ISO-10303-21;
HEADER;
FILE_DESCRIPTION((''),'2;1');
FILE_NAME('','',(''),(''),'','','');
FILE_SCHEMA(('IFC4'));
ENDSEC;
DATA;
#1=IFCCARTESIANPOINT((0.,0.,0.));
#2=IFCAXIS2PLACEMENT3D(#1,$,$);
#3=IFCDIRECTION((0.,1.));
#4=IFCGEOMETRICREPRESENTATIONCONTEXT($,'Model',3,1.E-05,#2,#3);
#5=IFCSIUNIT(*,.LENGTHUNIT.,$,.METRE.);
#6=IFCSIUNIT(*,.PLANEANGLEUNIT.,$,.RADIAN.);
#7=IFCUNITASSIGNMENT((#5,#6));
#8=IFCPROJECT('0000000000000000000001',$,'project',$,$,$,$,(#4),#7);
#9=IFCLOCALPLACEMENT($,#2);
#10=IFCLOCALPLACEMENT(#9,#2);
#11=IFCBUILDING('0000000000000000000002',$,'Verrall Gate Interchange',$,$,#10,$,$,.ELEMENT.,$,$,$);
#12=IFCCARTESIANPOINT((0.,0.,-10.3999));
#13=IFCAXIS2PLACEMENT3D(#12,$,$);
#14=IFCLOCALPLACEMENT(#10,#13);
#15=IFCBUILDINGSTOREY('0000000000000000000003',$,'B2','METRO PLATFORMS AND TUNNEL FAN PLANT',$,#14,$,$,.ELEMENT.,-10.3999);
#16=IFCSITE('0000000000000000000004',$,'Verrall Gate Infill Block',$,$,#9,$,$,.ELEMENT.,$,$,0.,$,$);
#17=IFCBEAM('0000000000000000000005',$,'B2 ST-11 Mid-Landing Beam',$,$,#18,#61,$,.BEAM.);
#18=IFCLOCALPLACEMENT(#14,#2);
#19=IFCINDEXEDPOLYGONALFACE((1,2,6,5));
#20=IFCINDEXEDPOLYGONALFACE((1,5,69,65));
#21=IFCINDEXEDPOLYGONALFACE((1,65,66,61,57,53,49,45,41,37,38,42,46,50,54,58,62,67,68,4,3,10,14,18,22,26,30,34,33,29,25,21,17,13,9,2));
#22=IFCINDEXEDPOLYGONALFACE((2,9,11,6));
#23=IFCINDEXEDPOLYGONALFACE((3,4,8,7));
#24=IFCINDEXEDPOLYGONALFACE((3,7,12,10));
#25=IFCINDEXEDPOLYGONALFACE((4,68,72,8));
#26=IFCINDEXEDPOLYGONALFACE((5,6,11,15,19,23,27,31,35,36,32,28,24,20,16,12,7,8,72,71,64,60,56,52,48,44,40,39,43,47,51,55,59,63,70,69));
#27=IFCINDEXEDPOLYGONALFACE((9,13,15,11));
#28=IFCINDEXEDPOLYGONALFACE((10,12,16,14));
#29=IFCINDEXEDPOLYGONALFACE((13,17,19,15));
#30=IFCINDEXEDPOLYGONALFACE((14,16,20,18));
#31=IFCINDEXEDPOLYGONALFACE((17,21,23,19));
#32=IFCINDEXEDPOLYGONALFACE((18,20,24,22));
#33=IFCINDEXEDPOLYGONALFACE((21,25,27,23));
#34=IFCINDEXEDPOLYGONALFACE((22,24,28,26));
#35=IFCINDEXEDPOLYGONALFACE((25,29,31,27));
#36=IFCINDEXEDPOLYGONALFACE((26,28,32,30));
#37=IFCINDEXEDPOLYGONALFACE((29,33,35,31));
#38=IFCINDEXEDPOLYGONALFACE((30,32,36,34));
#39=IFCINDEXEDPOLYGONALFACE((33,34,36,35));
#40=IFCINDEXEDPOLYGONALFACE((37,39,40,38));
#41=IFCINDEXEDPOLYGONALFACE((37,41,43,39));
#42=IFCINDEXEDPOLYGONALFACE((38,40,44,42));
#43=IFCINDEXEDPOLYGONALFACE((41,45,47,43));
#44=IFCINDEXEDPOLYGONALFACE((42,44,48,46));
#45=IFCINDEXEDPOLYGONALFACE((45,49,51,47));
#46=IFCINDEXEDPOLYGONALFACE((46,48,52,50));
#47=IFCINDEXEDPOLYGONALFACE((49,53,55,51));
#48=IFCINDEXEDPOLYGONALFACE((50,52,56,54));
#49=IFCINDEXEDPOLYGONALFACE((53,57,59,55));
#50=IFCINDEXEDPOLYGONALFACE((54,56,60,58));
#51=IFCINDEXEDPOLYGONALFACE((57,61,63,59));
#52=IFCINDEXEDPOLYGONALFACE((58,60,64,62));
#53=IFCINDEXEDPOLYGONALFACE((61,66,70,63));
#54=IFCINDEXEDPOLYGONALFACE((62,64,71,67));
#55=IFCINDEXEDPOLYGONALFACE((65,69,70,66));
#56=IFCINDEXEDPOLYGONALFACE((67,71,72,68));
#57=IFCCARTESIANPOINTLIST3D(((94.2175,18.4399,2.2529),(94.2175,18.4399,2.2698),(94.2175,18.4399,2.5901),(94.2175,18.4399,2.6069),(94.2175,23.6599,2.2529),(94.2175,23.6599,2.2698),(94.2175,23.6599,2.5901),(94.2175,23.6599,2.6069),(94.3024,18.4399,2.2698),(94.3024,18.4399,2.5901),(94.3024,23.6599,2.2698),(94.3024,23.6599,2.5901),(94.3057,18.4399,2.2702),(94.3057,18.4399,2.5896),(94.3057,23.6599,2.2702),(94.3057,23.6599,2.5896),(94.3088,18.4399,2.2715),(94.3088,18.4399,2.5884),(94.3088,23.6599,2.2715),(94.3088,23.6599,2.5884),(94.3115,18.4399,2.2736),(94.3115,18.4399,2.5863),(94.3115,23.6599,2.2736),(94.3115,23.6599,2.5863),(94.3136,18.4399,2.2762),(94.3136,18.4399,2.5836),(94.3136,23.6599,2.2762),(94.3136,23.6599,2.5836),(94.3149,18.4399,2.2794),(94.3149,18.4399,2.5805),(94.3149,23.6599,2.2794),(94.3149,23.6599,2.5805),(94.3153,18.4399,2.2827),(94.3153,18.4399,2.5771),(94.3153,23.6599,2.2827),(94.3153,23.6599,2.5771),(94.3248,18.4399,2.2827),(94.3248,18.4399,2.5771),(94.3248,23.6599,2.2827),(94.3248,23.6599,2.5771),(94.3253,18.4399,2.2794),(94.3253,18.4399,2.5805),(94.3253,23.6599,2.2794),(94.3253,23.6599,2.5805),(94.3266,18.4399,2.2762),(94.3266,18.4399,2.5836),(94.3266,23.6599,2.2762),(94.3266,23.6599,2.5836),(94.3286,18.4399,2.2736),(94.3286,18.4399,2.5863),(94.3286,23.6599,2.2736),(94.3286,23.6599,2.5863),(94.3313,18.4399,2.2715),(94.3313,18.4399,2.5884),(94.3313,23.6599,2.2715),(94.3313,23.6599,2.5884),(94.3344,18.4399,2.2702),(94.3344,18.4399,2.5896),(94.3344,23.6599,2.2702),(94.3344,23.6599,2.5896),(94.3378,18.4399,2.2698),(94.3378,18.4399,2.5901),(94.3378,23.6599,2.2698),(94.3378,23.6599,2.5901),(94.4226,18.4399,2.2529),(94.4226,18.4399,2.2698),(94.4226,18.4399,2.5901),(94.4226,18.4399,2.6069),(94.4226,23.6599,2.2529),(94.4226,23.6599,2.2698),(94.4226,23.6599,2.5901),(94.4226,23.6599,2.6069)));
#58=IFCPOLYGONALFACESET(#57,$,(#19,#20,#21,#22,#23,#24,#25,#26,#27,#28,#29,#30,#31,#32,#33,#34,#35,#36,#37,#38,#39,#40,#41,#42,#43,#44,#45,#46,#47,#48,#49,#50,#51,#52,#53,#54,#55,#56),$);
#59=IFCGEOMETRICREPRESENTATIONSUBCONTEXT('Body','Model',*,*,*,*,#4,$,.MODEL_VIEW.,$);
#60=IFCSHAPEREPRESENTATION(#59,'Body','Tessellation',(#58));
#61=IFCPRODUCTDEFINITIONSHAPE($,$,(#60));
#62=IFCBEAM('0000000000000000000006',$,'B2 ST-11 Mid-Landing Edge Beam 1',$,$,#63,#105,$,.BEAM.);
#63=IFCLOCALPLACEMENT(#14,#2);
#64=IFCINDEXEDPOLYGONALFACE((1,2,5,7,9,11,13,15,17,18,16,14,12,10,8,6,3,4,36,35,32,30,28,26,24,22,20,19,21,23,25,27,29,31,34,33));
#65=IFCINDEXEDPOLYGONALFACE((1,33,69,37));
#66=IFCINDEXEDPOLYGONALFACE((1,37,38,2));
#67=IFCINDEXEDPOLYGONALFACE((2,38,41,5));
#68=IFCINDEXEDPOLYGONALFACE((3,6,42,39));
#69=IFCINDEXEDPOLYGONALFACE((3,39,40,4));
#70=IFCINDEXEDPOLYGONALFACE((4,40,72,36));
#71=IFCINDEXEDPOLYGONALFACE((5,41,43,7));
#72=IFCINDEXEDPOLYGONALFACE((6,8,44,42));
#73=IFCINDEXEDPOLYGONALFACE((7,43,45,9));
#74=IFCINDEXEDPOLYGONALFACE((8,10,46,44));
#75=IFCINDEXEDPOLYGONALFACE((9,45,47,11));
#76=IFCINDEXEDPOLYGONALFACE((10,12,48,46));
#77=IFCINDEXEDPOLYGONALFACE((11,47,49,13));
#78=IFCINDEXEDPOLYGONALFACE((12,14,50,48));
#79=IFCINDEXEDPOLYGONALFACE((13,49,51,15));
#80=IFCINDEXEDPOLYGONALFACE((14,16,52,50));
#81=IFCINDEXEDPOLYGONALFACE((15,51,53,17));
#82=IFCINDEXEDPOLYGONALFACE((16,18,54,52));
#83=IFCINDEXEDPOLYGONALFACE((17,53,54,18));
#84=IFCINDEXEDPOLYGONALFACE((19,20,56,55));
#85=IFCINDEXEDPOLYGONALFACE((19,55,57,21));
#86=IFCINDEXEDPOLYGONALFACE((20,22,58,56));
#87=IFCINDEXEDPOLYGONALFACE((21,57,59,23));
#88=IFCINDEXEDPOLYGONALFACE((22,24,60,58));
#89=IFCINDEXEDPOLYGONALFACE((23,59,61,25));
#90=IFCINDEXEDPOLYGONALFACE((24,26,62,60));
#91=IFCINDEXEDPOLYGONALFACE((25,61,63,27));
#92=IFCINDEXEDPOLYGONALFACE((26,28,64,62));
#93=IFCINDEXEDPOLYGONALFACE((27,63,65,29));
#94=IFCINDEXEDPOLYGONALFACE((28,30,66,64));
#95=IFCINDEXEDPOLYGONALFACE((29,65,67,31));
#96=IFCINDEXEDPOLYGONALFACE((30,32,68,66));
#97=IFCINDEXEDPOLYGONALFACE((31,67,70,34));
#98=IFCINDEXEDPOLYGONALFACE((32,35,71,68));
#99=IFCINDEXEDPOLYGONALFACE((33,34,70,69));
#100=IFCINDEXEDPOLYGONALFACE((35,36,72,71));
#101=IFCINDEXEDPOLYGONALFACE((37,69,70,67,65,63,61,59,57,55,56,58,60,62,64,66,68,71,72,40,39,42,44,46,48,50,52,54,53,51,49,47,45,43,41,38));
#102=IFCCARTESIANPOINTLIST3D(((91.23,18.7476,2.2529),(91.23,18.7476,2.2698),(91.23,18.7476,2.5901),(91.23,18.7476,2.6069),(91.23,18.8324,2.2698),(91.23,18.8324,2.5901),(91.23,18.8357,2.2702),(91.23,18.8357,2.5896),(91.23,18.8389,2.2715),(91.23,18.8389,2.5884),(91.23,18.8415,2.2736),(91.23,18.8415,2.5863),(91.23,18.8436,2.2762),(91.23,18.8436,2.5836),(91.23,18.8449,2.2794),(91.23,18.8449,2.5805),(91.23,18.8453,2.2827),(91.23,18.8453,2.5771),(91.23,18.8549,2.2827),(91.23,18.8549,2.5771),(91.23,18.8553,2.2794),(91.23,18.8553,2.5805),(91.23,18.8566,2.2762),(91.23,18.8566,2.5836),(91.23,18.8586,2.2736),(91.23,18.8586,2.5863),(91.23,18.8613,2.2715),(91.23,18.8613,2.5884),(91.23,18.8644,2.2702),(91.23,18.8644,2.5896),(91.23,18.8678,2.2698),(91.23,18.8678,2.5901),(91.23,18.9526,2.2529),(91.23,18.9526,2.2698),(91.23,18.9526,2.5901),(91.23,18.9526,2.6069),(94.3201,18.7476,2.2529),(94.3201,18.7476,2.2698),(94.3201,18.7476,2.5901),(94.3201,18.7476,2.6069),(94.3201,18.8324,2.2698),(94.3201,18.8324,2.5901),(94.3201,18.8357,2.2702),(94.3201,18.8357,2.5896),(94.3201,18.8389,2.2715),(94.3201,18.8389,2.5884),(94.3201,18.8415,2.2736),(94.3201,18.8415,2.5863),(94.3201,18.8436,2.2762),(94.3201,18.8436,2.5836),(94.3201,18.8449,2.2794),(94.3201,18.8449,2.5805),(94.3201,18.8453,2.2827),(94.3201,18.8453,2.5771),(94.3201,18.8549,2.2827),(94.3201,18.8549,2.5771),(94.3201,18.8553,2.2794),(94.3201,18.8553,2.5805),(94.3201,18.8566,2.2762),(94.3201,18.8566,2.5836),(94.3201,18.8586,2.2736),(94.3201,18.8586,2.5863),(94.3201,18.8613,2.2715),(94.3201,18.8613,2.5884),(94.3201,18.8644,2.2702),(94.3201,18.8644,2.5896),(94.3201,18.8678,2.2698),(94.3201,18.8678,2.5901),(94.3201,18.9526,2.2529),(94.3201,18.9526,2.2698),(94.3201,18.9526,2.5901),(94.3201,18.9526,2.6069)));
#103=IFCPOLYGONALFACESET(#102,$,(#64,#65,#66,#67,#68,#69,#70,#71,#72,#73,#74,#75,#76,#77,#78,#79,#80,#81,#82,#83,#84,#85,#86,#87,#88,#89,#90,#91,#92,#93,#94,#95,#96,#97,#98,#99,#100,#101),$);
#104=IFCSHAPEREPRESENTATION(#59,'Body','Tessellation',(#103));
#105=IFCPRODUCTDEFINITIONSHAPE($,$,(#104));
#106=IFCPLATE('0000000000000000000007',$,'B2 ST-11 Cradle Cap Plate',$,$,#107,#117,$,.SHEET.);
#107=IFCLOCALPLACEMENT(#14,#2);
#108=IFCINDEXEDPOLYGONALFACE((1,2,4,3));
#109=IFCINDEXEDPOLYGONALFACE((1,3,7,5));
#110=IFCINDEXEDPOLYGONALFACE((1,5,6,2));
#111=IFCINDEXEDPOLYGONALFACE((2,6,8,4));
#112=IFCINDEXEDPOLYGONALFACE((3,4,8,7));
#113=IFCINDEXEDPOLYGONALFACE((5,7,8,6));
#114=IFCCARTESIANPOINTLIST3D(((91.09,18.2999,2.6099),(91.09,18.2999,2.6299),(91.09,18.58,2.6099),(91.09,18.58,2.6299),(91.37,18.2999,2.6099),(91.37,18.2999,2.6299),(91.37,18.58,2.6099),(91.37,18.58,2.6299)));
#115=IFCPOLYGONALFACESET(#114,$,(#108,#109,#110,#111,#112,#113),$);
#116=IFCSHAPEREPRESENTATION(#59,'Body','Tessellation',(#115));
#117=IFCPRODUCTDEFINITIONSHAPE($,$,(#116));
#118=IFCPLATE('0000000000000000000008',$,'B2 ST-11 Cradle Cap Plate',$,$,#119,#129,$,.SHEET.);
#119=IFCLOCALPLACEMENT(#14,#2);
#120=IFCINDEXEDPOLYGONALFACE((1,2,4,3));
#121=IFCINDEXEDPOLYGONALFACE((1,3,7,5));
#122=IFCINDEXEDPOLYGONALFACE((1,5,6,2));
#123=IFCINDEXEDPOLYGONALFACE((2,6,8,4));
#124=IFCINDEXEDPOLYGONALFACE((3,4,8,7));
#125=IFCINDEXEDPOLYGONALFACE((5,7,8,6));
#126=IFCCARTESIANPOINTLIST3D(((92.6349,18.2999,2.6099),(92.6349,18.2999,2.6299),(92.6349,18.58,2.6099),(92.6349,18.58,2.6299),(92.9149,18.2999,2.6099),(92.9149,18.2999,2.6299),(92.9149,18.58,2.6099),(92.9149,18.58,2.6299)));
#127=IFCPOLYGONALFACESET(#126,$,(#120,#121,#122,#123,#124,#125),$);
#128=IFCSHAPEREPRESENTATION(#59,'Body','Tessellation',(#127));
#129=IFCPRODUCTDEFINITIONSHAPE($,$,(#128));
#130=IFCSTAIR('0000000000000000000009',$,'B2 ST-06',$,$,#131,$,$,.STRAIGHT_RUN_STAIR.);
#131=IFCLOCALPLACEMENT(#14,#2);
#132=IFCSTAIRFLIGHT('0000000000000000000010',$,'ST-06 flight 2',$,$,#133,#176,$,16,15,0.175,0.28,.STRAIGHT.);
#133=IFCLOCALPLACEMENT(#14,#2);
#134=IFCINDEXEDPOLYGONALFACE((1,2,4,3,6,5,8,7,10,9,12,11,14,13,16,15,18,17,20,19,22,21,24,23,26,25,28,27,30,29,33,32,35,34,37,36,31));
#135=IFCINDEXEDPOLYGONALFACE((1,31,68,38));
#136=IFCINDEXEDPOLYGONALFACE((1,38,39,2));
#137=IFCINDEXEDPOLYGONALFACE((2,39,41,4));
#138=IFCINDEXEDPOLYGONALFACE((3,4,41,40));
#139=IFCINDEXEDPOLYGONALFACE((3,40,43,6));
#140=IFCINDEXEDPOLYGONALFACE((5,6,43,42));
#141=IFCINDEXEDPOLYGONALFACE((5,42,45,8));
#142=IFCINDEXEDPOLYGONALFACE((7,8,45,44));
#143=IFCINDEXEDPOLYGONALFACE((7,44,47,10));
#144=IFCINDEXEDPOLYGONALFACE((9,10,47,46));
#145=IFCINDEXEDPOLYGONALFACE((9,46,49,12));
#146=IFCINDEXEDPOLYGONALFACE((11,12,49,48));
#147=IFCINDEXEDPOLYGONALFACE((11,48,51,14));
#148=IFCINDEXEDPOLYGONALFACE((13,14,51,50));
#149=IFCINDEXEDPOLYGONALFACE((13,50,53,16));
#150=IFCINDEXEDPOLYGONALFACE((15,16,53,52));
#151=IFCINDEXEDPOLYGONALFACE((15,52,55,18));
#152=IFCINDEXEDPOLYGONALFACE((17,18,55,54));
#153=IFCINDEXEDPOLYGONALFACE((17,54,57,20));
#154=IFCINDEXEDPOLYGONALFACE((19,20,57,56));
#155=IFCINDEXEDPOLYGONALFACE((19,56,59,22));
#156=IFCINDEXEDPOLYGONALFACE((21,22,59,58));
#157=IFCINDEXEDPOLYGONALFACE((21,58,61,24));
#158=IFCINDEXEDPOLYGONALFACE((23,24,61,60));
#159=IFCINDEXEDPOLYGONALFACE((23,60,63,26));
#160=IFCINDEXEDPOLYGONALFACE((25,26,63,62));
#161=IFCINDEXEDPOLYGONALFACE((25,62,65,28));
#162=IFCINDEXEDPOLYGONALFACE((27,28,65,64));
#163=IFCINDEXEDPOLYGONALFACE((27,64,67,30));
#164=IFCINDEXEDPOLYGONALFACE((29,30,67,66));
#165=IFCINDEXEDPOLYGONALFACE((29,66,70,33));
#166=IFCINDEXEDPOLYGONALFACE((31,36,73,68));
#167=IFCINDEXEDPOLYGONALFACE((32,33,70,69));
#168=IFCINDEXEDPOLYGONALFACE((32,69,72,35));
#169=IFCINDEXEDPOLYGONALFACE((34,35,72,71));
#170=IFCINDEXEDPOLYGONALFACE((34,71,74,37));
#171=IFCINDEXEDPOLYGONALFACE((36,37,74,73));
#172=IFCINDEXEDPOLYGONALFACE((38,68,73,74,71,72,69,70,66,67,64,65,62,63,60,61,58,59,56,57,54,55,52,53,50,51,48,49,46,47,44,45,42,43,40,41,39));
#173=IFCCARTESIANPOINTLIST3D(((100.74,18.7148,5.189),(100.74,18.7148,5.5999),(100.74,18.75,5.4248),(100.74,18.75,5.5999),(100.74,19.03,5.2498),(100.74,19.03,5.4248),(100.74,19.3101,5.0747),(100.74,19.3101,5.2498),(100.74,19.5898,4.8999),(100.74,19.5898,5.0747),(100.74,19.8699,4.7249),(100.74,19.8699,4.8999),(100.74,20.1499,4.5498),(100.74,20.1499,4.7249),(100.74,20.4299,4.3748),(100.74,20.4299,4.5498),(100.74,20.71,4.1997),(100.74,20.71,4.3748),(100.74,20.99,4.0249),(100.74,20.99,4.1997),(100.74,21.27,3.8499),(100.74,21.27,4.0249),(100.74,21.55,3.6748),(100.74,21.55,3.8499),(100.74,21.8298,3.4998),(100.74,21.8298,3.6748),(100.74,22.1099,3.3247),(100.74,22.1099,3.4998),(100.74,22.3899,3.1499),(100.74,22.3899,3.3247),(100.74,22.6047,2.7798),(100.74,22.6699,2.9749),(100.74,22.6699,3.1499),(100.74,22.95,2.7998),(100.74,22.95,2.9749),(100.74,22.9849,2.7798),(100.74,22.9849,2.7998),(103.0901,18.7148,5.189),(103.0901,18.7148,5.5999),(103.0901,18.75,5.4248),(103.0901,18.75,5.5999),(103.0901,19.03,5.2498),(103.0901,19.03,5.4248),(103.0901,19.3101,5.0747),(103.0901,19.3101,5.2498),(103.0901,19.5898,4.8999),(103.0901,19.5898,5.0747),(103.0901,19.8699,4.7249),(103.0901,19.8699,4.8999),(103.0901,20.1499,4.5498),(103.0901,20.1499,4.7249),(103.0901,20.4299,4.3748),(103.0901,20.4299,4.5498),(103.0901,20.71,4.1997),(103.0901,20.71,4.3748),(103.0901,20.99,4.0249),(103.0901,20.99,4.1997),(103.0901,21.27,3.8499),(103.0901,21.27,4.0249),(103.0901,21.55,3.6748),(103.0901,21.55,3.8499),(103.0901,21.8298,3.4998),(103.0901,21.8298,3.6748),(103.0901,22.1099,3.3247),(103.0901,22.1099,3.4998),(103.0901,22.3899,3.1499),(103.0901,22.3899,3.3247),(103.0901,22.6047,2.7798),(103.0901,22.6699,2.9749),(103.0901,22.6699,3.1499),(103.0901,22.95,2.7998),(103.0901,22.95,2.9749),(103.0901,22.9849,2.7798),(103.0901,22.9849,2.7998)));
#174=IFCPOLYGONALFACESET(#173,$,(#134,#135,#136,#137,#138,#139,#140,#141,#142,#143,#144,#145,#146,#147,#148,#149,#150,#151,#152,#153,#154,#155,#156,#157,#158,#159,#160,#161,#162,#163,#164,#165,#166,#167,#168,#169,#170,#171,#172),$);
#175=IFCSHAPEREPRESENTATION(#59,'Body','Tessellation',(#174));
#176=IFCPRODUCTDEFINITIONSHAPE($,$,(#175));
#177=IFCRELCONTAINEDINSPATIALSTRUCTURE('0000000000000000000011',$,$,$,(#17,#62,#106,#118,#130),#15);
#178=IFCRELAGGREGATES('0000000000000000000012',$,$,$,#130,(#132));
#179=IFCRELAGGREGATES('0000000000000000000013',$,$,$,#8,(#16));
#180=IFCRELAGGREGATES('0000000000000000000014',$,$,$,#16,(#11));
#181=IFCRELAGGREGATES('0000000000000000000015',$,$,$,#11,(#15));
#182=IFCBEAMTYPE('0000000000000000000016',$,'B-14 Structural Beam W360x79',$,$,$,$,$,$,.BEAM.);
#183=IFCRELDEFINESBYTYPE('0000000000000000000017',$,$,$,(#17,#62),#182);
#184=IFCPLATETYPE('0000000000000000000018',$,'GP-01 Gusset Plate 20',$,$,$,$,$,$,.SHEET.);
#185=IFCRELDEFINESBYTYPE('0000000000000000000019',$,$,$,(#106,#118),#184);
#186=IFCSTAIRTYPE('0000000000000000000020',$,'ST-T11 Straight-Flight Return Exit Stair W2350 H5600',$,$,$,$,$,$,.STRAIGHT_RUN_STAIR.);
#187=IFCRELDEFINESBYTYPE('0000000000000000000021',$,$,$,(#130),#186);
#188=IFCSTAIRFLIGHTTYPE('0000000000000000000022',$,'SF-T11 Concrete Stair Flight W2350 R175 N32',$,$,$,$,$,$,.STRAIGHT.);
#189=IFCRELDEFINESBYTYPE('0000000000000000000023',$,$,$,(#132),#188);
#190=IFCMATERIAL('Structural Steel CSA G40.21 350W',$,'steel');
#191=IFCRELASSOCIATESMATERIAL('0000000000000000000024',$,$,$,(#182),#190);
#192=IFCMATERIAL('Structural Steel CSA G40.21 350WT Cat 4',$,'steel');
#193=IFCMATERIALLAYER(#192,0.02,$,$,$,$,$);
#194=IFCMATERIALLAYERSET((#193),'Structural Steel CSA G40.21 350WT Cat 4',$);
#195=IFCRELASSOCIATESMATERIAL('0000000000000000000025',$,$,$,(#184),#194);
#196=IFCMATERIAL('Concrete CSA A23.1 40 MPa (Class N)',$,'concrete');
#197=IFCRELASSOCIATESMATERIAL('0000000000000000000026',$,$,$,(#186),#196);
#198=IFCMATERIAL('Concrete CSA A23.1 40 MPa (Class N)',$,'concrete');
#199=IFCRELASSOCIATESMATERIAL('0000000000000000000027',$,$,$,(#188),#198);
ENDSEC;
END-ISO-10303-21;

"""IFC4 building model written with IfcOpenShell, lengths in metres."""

from ifc_helpers import new_model, si_unit, direction, frame, origin, origin_2d, place, context, subcontext, project, spatial, polyline, rectangle, i_section, outline, extrude, material, layer, layer_set, material_profile, profile_set, type_object, element, aggregate, save


model = new_model("IFC4")

# Units and contexts
model_context = context("Model", 3, precision=1e-05, world=origin(), true_north=direction((0.0, 1.0)))
body_context = subcontext(model_context, "Body", "Model", "MODEL_VIEW")
ifc_project = project(units=[si_unit("LENGTHUNIT", "METRE"), si_unit("PLANEANGLEUNIT", "RADIAN")], contexts=[model_context])

# Site, building, storey
site_placement = place(None, origin())
site = spatial("IfcSite", under=ifc_project, at=site_placement, Name="Verrall Gate Infill Block", CompositionType="ELEMENT", RefElevation=0.0)
building_placement = place(site_placement, origin())
building = spatial("IfcBuilding", under=site, at=building_placement, Name="Verrall Gate Interchange", CompositionType="ELEMENT")
storey_placement = place(building_placement, frame((0.0, 0.0, -10.3999)))
storey = spatial("IfcBuildingStorey", under=building, at=storey_placement, Name="B2", Description="METRO PLATFORMS AND TUNNEL FAN PLANT", CompositionType="ELEMENT", Elevation=-10.3999)

# Beams
ifc_material_1 = material(Name="Structural Steel CSA G40.21 350W", Category="steel")
ifc_material_profile_1 = material_profile(ifc_material_1, i_section(OverallWidth=0.2051, OverallDepth=0.354, WebThickness=0.0095, FlangeThickness=0.0168, FilletRadius=0.0129, at=origin_2d()), Name="W360x79")
ifc_profile_set_1 = profile_set([ifc_material_profile_1], Name="Structural Steel CSA G40.21 350W")
beam_type = type_object("IfcBeamType", Name="B-14 Structural Beam W360x79", PredefinedType="BEAM", material=ifc_profile_set_1)
for number, where, z_axis, x_axis, name in (
    (1, (94.3201, 18.4399, 2.4299), (0.0, 1.0, 0.0), (-1.0, 0.0, 0.0), "B2 ST-11 Mid-Landing Beam"),
):
    element("IfcBeam", number, at=place(storey_placement, frame(where, z_axis=z_axis, x_axis=x_axis)), inside=storey, type_object=beam_type, Name=name, PredefinedType="BEAM", context=body_context, shape_type="SweptSolid", body=[
        extrude(i_section(OverallWidth=0.2051, OverallDepth=0.354, WebThickness=0.0095, FlangeThickness=0.0168, FilletRadius=0.0129, at=origin_2d()), origin(), (0.0, 0.0, 1.0), 5.22),
    ])
beam_placement = place(storey_placement, frame((91.23, 18.8501, 2.4299), z_axis=(1.0, 0.0, 0.0), x_axis=(0.0, 1.0, 0.0)))
element("IfcBeam", 2, at=beam_placement, inside=storey, type_object=beam_type, Name="B2 ST-11 Mid-Landing Edge Beam 1", PredefinedType="BEAM", context=body_context, shape_type="SweptSolid", body=[
    extrude(i_section(OverallWidth=0.2051, OverallDepth=0.354, WebThickness=0.0095, FlangeThickness=0.0168, FilletRadius=0.0129, at=origin_2d()), origin(), (0.0, 0.0, 1.0), 3.0901),
])

# Plates
ifc_material_2 = material(Name="Structural Steel CSA G40.21 350WT Cat 4", Category="steel")
ifc_layer = layer(ifc_material_2, 0.02)
ifc_layer_set = layer_set([ifc_layer], Name="Structural Steel CSA G40.21 350WT Cat 4")
plate_type = type_object("IfcPlateType", Name="GP-01 Gusset Plate 20", PredefinedType="SHEET", material=ifc_layer_set)
for number, where, z_axis, x_axis, name in (
    (3, (91.23, 18.4399, 2.6099), (0.0, 0.0, 1.0), (1.0, 0.0, 0.0), "B2 ST-11 Cradle Cap Plate"),
    (4, (92.7749, 18.4399, 2.6099), (0.0, 0.0, 1.0), (1.0, 0.0, 0.0), "B2 ST-11 Cradle Cap Plate"),
):
    element("IfcPlate", number, at=place(storey_placement, frame(where, z_axis=z_axis, x_axis=x_axis)), inside=storey, type_object=plate_type, Name=name, PredefinedType="SHEET", context=body_context, shape_type="SweptSolid", body=[
        extrude(rectangle(XDim=0.28, YDim=0.28, at=origin_2d()), origin(), (0.0, 0.0, 1.0), 0.02),
    ])

# Stair, stair flight
ifc_material_3 = material(Name="Concrete CSA A23.1 40 MPa (Class N)", Category="concrete")
stair_type = type_object("IfcStairType", Name="ST-T11 Straight-Flight Return Exit Stair W2350 H5600", PredefinedType="STRAIGHT_RUN_STAIR", material=ifc_material_3)
stair_1_placement = place(storey_placement, origin())
stair_1 = element("IfcStair", 5, at=stair_1_placement, inside=storey, type_object=stair_type, Name="B2 ST-06", PredefinedType="STRAIGHT_RUN_STAIR")
ifc_material_4 = material(Name="Concrete CSA A23.1 40 MPa (Class N)", Category="concrete")
stair_flight_type = type_object("IfcStairFlightType", Name="SF-T11 Concrete Stair Flight W2350 R175 N32", PredefinedType="STRAIGHT", material=ifc_material_4)
stair_flight_1_placement = place(storey_placement, frame((101.915, 22.95, 2.7998), z_axis=(0.0, 0.0, 1.0), x_axis=(0.0, -1.0, 0.0)))
stair_flight_1 = element("IfcStairFlight", 6, at=stair_flight_1_placement, type_object=stair_flight_type, Name="ST-06 flight 2", NumberOfRisers=16, NumberOfTreads=15, PredefinedType="STRAIGHT", RiserHeight=0.175, TreadLength=0.28, context=body_context, shape_type="SweptSolid", body=[
    extrude(outline(polyline([(-0.0349, -0.02), (-0.0349, 0.0), (0.0, 0.0), (0.0, 0.175), (0.28, 0.175), (0.28, 0.3501), (0.5601, 0.3501), (0.5601, 0.5249), (0.8401, 0.5249), (0.8401, 0.7), (1.1201, 0.7), (1.1201, 0.875), (1.3999, 0.875), (1.3999, 1.05), (1.6799, 1.05), (1.6799, 1.2251), (1.96, 1.2251), (1.96, 1.3999), (2.24, 1.3999), (2.24, 1.575), (2.52, 1.575), (2.52, 1.75), (2.8, 1.75), (2.8, 1.925), (3.0801, 1.925), (3.0801, 2.1001), (3.3601, 2.1001), (3.3601, 2.2749), (3.6399, 2.2749), (3.6399, 2.45), (3.9199, 2.45), (3.9199, 2.625), (4.2, 2.625), (4.2, 2.8), (4.2351, 2.8), (4.2351, 2.3892), (0.3452, -0.02), (-0.0349, -0.02)])), frame((0.0, 1.175, 0.0), z_axis=(0.0, -1.0, 0.0), x_axis=(1.0, 0.0, 0.0)), (0.0, 0.0, 1.0), 2.3501),
])
aggregate(stair_1, [stair_flight_1])

save(model, "model.ifc")
